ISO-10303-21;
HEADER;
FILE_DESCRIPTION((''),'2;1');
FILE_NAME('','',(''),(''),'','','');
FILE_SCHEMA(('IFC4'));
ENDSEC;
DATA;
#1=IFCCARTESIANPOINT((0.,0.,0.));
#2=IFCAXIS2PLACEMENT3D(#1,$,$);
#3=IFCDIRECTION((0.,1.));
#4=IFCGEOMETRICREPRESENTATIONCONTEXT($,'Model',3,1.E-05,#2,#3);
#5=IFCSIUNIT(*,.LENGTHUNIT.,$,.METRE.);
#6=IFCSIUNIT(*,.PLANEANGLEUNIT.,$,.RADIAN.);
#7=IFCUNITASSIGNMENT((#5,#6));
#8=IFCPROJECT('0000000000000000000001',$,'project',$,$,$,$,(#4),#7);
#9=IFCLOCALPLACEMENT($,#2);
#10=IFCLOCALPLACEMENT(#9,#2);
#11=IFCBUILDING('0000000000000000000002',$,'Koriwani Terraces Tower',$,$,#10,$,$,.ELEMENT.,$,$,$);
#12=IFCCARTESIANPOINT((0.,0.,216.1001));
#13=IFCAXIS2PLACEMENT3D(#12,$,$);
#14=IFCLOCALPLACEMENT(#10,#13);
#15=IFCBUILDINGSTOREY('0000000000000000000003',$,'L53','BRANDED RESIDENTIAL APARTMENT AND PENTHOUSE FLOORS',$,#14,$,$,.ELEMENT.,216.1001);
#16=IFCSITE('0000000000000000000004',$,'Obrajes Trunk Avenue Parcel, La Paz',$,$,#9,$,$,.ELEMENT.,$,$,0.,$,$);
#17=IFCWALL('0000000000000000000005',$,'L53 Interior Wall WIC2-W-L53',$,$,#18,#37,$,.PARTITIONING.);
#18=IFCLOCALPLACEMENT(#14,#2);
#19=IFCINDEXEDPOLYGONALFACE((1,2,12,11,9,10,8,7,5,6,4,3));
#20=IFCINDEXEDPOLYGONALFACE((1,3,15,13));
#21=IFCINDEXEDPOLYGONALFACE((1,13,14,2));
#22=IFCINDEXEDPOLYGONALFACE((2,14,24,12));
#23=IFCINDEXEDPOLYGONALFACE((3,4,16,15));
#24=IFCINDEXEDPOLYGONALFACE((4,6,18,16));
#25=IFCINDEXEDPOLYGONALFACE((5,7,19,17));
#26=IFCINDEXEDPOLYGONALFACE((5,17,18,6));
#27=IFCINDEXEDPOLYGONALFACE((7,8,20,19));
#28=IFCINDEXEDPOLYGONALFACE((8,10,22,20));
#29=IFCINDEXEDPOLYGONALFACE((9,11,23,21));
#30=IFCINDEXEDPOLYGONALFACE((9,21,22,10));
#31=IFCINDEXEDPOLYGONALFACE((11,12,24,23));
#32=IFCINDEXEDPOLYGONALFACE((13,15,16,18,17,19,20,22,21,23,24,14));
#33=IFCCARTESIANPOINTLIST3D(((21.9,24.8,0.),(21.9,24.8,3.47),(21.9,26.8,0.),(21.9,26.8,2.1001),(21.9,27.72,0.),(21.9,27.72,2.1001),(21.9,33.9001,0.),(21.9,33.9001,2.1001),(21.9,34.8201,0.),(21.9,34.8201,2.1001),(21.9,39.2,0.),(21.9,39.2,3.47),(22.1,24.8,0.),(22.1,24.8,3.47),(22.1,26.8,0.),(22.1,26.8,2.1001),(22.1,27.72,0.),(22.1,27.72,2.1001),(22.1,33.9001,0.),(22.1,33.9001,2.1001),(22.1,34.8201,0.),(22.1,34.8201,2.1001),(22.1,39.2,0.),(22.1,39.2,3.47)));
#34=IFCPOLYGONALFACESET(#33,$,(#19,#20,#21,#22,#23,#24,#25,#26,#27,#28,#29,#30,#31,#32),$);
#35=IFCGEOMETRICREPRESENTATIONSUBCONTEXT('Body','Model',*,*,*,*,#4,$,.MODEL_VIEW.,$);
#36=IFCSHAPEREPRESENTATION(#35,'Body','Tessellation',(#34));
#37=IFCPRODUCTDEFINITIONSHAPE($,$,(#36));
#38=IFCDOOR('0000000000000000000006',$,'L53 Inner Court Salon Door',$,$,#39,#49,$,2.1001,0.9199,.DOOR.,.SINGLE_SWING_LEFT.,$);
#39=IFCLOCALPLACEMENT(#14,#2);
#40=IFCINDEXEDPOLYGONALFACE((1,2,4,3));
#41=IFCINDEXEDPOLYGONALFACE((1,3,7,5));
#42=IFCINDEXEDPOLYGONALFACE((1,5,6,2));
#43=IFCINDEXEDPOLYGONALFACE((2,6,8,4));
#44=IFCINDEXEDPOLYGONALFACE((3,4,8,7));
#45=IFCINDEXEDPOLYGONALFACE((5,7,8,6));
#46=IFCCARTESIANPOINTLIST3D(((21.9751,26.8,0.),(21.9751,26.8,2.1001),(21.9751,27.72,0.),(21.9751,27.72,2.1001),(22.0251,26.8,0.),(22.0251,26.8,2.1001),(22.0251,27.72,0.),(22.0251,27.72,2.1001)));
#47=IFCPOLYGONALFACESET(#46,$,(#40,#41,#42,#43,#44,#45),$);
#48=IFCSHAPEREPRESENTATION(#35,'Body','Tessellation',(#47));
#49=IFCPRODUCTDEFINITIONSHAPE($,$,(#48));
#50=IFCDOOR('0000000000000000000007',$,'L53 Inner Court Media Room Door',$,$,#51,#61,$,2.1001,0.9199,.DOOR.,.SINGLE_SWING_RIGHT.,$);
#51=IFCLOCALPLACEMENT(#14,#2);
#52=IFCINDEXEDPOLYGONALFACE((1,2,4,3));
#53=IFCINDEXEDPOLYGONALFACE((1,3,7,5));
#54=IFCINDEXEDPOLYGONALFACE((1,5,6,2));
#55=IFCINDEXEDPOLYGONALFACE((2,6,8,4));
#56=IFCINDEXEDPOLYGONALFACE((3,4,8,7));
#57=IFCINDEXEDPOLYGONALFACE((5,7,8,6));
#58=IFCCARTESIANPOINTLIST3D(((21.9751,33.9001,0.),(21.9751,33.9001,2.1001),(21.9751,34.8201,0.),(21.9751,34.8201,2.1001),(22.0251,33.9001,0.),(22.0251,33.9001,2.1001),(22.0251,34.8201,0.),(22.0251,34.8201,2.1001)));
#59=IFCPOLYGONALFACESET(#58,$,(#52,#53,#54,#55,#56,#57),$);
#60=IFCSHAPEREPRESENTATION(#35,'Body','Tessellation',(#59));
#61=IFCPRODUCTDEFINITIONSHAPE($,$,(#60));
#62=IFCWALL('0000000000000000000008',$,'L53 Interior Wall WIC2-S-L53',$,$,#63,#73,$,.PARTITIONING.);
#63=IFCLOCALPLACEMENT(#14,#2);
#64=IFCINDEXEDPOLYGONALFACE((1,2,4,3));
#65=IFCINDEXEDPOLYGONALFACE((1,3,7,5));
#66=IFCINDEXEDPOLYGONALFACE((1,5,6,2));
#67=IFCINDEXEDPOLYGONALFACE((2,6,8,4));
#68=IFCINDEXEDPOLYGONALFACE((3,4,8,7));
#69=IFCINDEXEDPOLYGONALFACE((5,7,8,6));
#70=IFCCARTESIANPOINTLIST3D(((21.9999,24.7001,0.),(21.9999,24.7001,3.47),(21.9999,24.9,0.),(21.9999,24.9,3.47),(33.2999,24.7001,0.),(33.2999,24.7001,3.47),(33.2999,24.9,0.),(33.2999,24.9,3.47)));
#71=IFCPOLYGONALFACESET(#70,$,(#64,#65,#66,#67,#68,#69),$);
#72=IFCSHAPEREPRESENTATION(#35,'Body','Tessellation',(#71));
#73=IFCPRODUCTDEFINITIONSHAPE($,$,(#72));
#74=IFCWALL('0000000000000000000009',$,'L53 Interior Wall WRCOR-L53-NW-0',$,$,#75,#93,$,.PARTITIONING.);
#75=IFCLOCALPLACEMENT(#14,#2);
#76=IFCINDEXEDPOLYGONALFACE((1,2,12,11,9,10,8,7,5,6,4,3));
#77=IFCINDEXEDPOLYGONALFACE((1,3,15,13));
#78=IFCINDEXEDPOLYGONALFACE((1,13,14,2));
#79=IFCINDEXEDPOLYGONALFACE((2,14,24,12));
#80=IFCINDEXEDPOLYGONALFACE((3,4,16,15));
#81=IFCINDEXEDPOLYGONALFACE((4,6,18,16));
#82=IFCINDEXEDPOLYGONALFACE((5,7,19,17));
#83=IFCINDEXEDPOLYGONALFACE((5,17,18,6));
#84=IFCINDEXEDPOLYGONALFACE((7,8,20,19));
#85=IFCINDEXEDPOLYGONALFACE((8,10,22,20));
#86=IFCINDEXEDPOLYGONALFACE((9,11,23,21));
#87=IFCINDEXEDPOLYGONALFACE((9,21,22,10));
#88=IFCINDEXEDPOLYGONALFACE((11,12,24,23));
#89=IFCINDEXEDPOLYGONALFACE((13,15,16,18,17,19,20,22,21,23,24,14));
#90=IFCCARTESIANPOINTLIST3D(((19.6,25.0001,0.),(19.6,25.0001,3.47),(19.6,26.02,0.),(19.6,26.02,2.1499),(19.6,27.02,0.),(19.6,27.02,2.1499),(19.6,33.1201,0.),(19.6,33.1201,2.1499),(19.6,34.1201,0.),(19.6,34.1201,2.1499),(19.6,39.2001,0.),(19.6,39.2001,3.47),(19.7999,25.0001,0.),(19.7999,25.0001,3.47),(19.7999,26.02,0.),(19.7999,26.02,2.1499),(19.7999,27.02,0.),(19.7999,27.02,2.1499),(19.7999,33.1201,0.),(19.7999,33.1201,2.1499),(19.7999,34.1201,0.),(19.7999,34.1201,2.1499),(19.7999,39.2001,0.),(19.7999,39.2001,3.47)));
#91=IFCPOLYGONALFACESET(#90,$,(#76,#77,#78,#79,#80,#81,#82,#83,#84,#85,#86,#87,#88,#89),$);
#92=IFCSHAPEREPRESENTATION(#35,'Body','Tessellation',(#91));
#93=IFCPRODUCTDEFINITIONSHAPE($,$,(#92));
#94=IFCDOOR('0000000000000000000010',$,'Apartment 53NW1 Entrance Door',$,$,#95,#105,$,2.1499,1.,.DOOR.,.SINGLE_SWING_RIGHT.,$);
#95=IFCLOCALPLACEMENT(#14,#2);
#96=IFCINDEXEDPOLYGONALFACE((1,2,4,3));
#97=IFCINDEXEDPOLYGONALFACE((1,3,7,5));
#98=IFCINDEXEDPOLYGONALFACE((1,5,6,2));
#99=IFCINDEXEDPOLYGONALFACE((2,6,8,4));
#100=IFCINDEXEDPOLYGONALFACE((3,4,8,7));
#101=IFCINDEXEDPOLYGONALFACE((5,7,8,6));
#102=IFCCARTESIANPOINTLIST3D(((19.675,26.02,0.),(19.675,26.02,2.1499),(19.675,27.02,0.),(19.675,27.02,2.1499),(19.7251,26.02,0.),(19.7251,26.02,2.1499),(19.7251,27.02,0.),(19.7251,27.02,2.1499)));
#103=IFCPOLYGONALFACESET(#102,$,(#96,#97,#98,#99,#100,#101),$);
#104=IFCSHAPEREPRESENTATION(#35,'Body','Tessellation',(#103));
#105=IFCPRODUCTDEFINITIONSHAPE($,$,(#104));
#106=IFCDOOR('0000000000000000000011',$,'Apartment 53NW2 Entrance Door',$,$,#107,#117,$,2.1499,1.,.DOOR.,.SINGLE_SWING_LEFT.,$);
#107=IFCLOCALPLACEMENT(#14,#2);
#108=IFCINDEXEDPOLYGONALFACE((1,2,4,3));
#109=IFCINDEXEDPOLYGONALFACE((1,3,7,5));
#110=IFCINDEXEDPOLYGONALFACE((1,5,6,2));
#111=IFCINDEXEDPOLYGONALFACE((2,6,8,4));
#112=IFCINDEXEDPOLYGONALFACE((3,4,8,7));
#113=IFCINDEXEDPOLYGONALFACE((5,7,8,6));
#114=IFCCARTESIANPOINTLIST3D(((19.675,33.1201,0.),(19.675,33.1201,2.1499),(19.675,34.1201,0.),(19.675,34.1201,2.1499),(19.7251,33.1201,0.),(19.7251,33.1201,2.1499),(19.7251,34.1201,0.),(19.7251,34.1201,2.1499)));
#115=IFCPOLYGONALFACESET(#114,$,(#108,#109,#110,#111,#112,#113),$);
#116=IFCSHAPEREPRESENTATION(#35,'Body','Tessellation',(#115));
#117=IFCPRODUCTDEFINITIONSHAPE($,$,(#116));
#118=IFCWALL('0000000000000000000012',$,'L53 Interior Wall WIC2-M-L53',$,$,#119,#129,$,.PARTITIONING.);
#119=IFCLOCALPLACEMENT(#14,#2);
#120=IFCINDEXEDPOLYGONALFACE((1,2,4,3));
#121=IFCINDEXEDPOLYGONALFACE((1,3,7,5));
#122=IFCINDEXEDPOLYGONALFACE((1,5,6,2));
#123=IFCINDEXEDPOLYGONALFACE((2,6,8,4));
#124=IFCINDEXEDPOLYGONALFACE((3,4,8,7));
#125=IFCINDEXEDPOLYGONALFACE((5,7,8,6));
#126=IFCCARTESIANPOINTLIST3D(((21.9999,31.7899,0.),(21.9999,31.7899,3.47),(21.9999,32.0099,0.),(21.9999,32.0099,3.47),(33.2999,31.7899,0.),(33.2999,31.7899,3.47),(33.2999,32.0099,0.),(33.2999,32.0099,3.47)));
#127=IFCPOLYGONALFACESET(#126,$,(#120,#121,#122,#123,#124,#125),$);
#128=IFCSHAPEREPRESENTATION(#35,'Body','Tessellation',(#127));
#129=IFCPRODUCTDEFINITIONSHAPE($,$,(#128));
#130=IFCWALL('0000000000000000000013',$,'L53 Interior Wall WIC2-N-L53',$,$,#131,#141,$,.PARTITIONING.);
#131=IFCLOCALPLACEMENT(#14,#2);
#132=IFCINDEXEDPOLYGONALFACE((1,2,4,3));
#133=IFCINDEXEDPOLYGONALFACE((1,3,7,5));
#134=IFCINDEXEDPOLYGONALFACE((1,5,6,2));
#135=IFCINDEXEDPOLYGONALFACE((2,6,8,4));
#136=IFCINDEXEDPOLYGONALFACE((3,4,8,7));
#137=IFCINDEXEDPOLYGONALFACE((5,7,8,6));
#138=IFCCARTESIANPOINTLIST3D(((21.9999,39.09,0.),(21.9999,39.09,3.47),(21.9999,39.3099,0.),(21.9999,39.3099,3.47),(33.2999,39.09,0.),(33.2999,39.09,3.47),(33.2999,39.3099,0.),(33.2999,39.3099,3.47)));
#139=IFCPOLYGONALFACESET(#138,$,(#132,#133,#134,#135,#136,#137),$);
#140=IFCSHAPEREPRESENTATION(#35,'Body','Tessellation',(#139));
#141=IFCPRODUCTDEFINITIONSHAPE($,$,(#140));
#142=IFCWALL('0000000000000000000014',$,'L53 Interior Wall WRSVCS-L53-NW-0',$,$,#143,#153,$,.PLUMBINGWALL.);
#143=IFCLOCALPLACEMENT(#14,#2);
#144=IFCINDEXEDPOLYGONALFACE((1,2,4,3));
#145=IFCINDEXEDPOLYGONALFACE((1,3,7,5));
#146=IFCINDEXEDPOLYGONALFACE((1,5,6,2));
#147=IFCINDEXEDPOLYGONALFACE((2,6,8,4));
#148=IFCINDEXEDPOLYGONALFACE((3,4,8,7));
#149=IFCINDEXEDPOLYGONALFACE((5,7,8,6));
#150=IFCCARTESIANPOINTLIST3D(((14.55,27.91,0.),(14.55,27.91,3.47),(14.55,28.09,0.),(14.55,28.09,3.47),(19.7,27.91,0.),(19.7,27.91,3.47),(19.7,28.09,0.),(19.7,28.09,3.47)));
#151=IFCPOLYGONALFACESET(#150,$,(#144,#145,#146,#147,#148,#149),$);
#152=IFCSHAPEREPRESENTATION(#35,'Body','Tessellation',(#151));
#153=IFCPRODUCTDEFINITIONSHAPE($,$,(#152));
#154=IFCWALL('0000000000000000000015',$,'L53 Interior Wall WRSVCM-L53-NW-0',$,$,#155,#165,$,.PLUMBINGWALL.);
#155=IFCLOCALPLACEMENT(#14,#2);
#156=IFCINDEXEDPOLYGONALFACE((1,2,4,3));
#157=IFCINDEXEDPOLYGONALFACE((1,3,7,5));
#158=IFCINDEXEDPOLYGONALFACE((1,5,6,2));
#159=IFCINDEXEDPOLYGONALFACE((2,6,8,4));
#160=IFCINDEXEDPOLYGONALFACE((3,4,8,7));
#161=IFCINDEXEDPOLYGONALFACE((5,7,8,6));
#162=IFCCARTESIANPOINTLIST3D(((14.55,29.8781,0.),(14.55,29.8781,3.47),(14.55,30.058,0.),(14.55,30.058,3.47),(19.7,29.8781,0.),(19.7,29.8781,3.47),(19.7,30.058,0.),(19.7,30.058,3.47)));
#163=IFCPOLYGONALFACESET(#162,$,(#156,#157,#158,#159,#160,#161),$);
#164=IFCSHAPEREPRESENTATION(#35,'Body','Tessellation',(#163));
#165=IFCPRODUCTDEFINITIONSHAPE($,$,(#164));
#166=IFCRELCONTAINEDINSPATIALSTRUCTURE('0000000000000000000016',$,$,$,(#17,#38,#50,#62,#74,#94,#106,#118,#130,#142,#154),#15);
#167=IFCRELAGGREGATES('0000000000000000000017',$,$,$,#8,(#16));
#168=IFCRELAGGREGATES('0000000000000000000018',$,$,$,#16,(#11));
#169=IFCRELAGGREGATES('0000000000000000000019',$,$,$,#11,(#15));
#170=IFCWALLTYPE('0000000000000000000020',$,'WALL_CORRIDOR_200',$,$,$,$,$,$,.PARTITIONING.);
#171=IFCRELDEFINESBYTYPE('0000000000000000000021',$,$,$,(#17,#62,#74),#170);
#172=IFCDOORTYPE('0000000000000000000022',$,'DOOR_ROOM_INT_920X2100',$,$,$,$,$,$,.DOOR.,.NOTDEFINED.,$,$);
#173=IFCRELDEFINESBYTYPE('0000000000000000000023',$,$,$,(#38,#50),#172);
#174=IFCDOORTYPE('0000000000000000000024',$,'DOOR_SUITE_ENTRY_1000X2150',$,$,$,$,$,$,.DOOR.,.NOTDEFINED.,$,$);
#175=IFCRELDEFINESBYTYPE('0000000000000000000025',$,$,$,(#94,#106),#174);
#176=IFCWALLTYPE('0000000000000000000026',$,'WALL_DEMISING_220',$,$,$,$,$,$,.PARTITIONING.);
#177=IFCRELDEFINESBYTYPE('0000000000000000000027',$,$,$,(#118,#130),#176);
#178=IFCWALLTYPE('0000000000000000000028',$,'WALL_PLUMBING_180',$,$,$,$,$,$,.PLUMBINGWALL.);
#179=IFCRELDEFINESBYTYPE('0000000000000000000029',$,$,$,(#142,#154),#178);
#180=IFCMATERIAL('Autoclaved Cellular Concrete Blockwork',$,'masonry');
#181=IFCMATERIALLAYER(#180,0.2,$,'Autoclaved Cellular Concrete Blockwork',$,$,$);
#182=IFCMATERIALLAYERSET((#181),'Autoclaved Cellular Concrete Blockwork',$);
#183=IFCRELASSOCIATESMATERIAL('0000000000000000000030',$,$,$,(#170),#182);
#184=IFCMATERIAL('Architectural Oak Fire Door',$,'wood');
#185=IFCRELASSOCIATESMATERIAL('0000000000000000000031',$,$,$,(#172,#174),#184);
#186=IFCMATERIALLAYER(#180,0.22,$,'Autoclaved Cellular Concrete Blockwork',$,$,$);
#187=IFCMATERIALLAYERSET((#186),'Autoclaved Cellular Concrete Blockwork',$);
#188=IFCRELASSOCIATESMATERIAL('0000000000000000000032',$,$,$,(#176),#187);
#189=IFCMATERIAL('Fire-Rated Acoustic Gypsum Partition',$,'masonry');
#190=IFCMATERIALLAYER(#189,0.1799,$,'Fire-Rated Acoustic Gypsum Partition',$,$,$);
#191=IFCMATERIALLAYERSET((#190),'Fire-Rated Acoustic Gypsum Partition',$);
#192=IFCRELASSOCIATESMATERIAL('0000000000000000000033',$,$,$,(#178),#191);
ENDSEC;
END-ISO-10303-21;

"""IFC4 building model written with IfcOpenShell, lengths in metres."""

from ifc_helpers import new_model, si_unit, direction, frame, frame_2d, origin, place, context, subcontext, project, spatial, rectangle, extrude, material, layer, layer_set, type_object, element, fill, save


model = new_model("IFC4")

# Units and contexts
model_context = context("Model", 3, precision=1e-05, world=origin(), true_north=direction((0.0, 1.0)))
body_context = subcontext(model_context, "Body", "Model", "MODEL_VIEW")
ifc_project = project(units=[si_unit("LENGTHUNIT", "METRE"), si_unit("PLANEANGLEUNIT", "RADIAN")], contexts=[model_context])

# Site, building, storey
site_placement = place(None, origin())
site = spatial("IfcSite", under=ifc_project, at=site_placement, Name="Obrajes Trunk Avenue Parcel, La Paz", CompositionType="ELEMENT", RefElevation=0.0)
building_placement = place(site_placement, origin())
building = spatial("IfcBuilding", under=site, at=building_placement, Name="Koriwani Terraces Tower", CompositionType="ELEMENT")
storey_placement = place(building_placement, frame((0.0, 0.0, 216.1001)))
storey = spatial("IfcBuildingStorey", under=building, at=storey_placement, Name="L53", Description="BRANDED RESIDENTIAL APARTMENT AND PENTHOUSE FLOORS", CompositionType="ELEMENT", Elevation=216.1001)

# Wall, openings, doors
ifc_material_1 = material(Name="Autoclaved Cellular Concrete Blockwork", Category="masonry")
ifc_layer_1 = layer(ifc_material_1, 0.2, Name="Autoclaved Cellular Concrete Blockwork")
ifc_layer_set_1 = layer_set([ifc_layer_1], Name="Autoclaved Cellular Concrete Blockwork")
wall_type_1 = type_object("IfcWallType", Name="WALL_CORRIDOR_200", PredefinedType="PARTITIONING", material=ifc_layer_set_1)
wall_1_placement = place(storey_placement, frame((22.0, 24.8, 0.0), z_axis=(0.0, 0.0, 1.0), x_axis=(0.0, 1.0, 0.0)))
wall_1 = element("IfcWall", 1, at=wall_1_placement, inside=storey, type_object=wall_type_1, Name="L53 Interior Wall WIC2-W-L53", PredefinedType="PARTITIONING", context=body_context, shape_type="SweptSolid", body=[
    extrude(rectangle(XDim=14.3999, YDim=0.2, at=frame_2d((7.2, 0.0))), origin(), (0.0, 0.0, 1.0), 3.47),
])
opening_1_placement = place(wall_1_placement, frame((2.0, 0.0, 0.0)))
opening_1 = element("IfcOpeningElement", 2, at=opening_1_placement, cuts=wall_1, PredefinedType="OPENING", context=body_context, shape_type="SweptSolid", body=[
    extrude(rectangle(XDim=0.9199, YDim=2.1001, at=frame_2d((0.46, 1.05))), frame((0.0, 0.1099, 0.0), z_axis=(0.0, -1.0, 0.0), x_axis=(1.0, 0.0, 0.0)), (0.0, 0.0, 1.0), 0.22),
])
opening_2_placement = place(wall_1_placement, frame((9.1001, 0.0, 0.0)))
opening_2 = element("IfcOpeningElement", 3, at=opening_2_placement, cuts=wall_1, PredefinedType="OPENING", context=body_context, shape_type="SweptSolid", body=[
    extrude(rectangle(XDim=0.9199, YDim=2.1001, at=frame_2d((0.46, 1.05))), frame((0.0, 0.1099, 0.0), z_axis=(0.0, -1.0, 0.0), x_axis=(1.0, 0.0, 0.0)), (0.0, 0.0, 1.0), 0.22),
])
ifc_material_2 = material(Name="Architectural Oak Fire Door", Category="wood")
door_type_1 = type_object("IfcDoorType", Name="DOOR_ROOM_INT_920X2100", OperationType="NOTDEFINED", PredefinedType="DOOR", material=ifc_material_2)
door_1_placement = place(opening_1_placement, origin())
door_1 = element("IfcDoor", 4, at=door_1_placement, inside=storey, type_object=door_type_1, Name="L53 Inner Court Salon Door", OperationType="SINGLE_SWING_LEFT", OverallHeight=2.1001, OverallWidth=0.9199, PredefinedType="DOOR", context=body_context, shape_type="SweptSolid", body=[
    extrude(rectangle(XDim=0.9199, YDim=2.1001, at=frame_2d((0.46, 1.05))), frame((0.0, 0.0249, 0.0), z_axis=(0.0, -1.0, 0.0), x_axis=(1.0, 0.0, 0.0)), (0.0, 0.0, 1.0), 0.05),
])
fill(opening_1, door_1)
door_2_placement = place(opening_2_placement, origin())
door_2 = element("IfcDoor", 5, at=door_2_placement, inside=storey, type_object=door_type_1, Name="L53 Inner Court Media Room Door", OperationType="SINGLE_SWING_RIGHT", OverallHeight=2.1001, OverallWidth=0.9199, PredefinedType="DOOR", context=body_context, shape_type="SweptSolid", body=[
    extrude(rectangle(XDim=0.9199, YDim=2.1001, at=frame_2d((0.46, 1.05))), frame((0.0, 0.0249, 0.0), z_axis=(0.0, -1.0, 0.0), x_axis=(1.0, 0.0, 0.0)), (0.0, 0.0, 1.0), 0.05),
])
fill(opening_2, door_2)

# Wall
wall_2_placement = place(storey_placement, frame((22.0, 24.8, 0.0), z_axis=(0.0, 0.0, 1.0), x_axis=(1.0, 0.0, 0.0)))
element("IfcWall", 6, at=wall_2_placement, inside=storey, type_object=wall_type_1, Name="L53 Interior Wall WIC2-S-L53", PredefinedType="PARTITIONING", context=body_context, shape_type="SweptSolid", body=[
    extrude(rectangle(XDim=11.3, YDim=0.2, at=frame_2d((5.6499, 0.0))), origin(), (0.0, 0.0, 1.0), 3.47),
])

# Wall, openings, doors
wall_3_placement = place(storey_placement, frame((19.7, 25.0, 0.0), z_axis=(0.0, 0.0, 1.0), x_axis=(0.0, 1.0, 0.0)))
wall_3 = element("IfcWall", 7, at=wall_3_placement, inside=storey, type_object=wall_type_1, Name="L53 Interior Wall WRCOR-L53-NW-0", PredefinedType="PARTITIONING", context=body_context, shape_type="SweptSolid", body=[
    extrude(rectangle(XDim=14.2, YDim=0.2, at=frame_2d((7.1001, 0.0))), origin(), (0.0, 0.0, 1.0), 3.47),
])
opening_3_placement = place(wall_3_placement, frame((1.02, 0.0, 0.0)))
opening_3 = element("IfcOpeningElement", 8, at=opening_3_placement, cuts=wall_3, PredefinedType="OPENING", context=body_context, shape_type="SweptSolid", body=[
    extrude(rectangle(XDim=1.0, YDim=2.1499, at=frame_2d((0.5, 1.075))), frame((0.0, 0.1099, 0.0), z_axis=(0.0, -1.0, 0.0), x_axis=(1.0, 0.0, 0.0)), (0.0, 0.0, 1.0), 0.22),
])
opening_4_placement = place(wall_3_placement, frame((8.1201, 0.0, 0.0)))
opening_4 = element("IfcOpeningElement", 9, at=opening_4_placement, cuts=wall_3, PredefinedType="OPENING", context=body_context, shape_type="SweptSolid", body=[
    extrude(rectangle(XDim=1.0, YDim=2.1499, at=frame_2d((0.5, 1.075))), frame((0.0, 0.1099, 0.0), z_axis=(0.0, -1.0, 0.0), x_axis=(1.0, 0.0, 0.0)), (0.0, 0.0, 1.0), 0.22),
])
door_type_2 = type_object("IfcDoorType", Name="DOOR_SUITE_ENTRY_1000X2150", OperationType="NOTDEFINED", PredefinedType="DOOR", material=ifc_material_2)
door_3_placement = place(opening_3_placement, origin())
door_3 = element("IfcDoor", 10, at=door_3_placement, inside=storey, type_object=door_type_2, Name="Apartment 53NW1 Entrance Door", OperationType="SINGLE_SWING_RIGHT", OverallHeight=2.1499, OverallWidth=1.0, PredefinedType="DOOR", context=body_context, shape_type="SweptSolid", body=[
    extrude(rectangle(XDim=1.0, YDim=2.1499, at=frame_2d((0.5, 1.075))), frame((0.0, 0.0249, 0.0), z_axis=(0.0, -1.0, 0.0), x_axis=(1.0, 0.0, 0.0)), (0.0, 0.0, 1.0), 0.05),
])
fill(opening_3, door_3)
door_4_placement = place(opening_4_placement, origin())
door_4 = element("IfcDoor", 11, at=door_4_placement, inside=storey, type_object=door_type_2, Name="Apartment 53NW2 Entrance Door", OperationType="SINGLE_SWING_LEFT", OverallHeight=2.1499, OverallWidth=1.0, PredefinedType="DOOR", context=body_context, shape_type="SweptSolid", body=[
    extrude(rectangle(XDim=1.0, YDim=2.1499, at=frame_2d((0.5, 1.075))), frame((0.0, 0.0249, 0.0), z_axis=(0.0, -1.0, 0.0), x_axis=(1.0, 0.0, 0.0)), (0.0, 0.0, 1.0), 0.05),
])
fill(opening_4, door_4)

# Walls
ifc_layer_2 = layer(ifc_material_1, 0.22, Name="Autoclaved Cellular Concrete Blockwork")
ifc_layer_set_2 = layer_set([ifc_layer_2], Name="Autoclaved Cellular Concrete Blockwork")
wall_type_2 = type_object("IfcWallType", Name="WALL_DEMISING_220", PredefinedType="PARTITIONING", material=ifc_layer_set_2)
for number, where, z_axis, x_axis, name in (
    (12, (22.0, 31.8999, 0.0), (0.0, 0.0, 1.0), (1.0, 0.0, 0.0), "L53 Interior Wall WIC2-M-L53"),
    (13, (22.0, 39.2, 0.0), (0.0, 0.0, 1.0), (1.0, 0.0, 0.0), "L53 Interior Wall WIC2-N-L53"),
):
    element("IfcWall", number, at=place(storey_placement, frame(where, z_axis=z_axis, x_axis=x_axis)), inside=storey, type_object=wall_type_2, Name=name, PredefinedType="PARTITIONING", context=body_context, shape_type="SweptSolid", body=[
        extrude(rectangle(XDim=11.3, YDim=0.22, at=frame_2d((5.6499, 0.0))), origin(), (0.0, 0.0, 1.0), 3.47),
    ])
ifc_material_3 = material(Name="Fire-Rated Acoustic Gypsum Partition", Category="masonry")
ifc_layer_3 = layer(ifc_material_3, 0.1799, Name="Fire-Rated Acoustic Gypsum Partition")
ifc_layer_set_3 = layer_set([ifc_layer_3], Name="Fire-Rated Acoustic Gypsum Partition")
wall_type_3 = type_object("IfcWallType", Name="WALL_PLUMBING_180", PredefinedType="PLUMBINGWALL", material=ifc_layer_set_3)
for number, where, z_axis, x_axis, name in (
    (14, (14.55, 28.0, 0.0), (0.0, 0.0, 1.0), (1.0, 0.0, 0.0), "L53 Interior Wall WRSVCS-L53-NW-0"),
    (15, (14.55, 29.968, 0.0), (0.0, 0.0, 1.0), (1.0, 0.0, 0.0), "L53 Interior Wall WRSVCM-L53-NW-0"),
):
    element("IfcWall", number, at=place(storey_placement, frame(where, z_axis=z_axis, x_axis=x_axis)), inside=storey, type_object=wall_type_3, Name=name, PredefinedType="PLUMBINGWALL", context=body_context, shape_type="SweptSolid", body=[
        extrude(rectangle(XDim=5.1499, YDim=0.1799, at=frame_2d((2.575, 0.0))), origin(), (0.0, 0.0, 1.0), 3.47),
    ])

save(model, "model.ifc")
